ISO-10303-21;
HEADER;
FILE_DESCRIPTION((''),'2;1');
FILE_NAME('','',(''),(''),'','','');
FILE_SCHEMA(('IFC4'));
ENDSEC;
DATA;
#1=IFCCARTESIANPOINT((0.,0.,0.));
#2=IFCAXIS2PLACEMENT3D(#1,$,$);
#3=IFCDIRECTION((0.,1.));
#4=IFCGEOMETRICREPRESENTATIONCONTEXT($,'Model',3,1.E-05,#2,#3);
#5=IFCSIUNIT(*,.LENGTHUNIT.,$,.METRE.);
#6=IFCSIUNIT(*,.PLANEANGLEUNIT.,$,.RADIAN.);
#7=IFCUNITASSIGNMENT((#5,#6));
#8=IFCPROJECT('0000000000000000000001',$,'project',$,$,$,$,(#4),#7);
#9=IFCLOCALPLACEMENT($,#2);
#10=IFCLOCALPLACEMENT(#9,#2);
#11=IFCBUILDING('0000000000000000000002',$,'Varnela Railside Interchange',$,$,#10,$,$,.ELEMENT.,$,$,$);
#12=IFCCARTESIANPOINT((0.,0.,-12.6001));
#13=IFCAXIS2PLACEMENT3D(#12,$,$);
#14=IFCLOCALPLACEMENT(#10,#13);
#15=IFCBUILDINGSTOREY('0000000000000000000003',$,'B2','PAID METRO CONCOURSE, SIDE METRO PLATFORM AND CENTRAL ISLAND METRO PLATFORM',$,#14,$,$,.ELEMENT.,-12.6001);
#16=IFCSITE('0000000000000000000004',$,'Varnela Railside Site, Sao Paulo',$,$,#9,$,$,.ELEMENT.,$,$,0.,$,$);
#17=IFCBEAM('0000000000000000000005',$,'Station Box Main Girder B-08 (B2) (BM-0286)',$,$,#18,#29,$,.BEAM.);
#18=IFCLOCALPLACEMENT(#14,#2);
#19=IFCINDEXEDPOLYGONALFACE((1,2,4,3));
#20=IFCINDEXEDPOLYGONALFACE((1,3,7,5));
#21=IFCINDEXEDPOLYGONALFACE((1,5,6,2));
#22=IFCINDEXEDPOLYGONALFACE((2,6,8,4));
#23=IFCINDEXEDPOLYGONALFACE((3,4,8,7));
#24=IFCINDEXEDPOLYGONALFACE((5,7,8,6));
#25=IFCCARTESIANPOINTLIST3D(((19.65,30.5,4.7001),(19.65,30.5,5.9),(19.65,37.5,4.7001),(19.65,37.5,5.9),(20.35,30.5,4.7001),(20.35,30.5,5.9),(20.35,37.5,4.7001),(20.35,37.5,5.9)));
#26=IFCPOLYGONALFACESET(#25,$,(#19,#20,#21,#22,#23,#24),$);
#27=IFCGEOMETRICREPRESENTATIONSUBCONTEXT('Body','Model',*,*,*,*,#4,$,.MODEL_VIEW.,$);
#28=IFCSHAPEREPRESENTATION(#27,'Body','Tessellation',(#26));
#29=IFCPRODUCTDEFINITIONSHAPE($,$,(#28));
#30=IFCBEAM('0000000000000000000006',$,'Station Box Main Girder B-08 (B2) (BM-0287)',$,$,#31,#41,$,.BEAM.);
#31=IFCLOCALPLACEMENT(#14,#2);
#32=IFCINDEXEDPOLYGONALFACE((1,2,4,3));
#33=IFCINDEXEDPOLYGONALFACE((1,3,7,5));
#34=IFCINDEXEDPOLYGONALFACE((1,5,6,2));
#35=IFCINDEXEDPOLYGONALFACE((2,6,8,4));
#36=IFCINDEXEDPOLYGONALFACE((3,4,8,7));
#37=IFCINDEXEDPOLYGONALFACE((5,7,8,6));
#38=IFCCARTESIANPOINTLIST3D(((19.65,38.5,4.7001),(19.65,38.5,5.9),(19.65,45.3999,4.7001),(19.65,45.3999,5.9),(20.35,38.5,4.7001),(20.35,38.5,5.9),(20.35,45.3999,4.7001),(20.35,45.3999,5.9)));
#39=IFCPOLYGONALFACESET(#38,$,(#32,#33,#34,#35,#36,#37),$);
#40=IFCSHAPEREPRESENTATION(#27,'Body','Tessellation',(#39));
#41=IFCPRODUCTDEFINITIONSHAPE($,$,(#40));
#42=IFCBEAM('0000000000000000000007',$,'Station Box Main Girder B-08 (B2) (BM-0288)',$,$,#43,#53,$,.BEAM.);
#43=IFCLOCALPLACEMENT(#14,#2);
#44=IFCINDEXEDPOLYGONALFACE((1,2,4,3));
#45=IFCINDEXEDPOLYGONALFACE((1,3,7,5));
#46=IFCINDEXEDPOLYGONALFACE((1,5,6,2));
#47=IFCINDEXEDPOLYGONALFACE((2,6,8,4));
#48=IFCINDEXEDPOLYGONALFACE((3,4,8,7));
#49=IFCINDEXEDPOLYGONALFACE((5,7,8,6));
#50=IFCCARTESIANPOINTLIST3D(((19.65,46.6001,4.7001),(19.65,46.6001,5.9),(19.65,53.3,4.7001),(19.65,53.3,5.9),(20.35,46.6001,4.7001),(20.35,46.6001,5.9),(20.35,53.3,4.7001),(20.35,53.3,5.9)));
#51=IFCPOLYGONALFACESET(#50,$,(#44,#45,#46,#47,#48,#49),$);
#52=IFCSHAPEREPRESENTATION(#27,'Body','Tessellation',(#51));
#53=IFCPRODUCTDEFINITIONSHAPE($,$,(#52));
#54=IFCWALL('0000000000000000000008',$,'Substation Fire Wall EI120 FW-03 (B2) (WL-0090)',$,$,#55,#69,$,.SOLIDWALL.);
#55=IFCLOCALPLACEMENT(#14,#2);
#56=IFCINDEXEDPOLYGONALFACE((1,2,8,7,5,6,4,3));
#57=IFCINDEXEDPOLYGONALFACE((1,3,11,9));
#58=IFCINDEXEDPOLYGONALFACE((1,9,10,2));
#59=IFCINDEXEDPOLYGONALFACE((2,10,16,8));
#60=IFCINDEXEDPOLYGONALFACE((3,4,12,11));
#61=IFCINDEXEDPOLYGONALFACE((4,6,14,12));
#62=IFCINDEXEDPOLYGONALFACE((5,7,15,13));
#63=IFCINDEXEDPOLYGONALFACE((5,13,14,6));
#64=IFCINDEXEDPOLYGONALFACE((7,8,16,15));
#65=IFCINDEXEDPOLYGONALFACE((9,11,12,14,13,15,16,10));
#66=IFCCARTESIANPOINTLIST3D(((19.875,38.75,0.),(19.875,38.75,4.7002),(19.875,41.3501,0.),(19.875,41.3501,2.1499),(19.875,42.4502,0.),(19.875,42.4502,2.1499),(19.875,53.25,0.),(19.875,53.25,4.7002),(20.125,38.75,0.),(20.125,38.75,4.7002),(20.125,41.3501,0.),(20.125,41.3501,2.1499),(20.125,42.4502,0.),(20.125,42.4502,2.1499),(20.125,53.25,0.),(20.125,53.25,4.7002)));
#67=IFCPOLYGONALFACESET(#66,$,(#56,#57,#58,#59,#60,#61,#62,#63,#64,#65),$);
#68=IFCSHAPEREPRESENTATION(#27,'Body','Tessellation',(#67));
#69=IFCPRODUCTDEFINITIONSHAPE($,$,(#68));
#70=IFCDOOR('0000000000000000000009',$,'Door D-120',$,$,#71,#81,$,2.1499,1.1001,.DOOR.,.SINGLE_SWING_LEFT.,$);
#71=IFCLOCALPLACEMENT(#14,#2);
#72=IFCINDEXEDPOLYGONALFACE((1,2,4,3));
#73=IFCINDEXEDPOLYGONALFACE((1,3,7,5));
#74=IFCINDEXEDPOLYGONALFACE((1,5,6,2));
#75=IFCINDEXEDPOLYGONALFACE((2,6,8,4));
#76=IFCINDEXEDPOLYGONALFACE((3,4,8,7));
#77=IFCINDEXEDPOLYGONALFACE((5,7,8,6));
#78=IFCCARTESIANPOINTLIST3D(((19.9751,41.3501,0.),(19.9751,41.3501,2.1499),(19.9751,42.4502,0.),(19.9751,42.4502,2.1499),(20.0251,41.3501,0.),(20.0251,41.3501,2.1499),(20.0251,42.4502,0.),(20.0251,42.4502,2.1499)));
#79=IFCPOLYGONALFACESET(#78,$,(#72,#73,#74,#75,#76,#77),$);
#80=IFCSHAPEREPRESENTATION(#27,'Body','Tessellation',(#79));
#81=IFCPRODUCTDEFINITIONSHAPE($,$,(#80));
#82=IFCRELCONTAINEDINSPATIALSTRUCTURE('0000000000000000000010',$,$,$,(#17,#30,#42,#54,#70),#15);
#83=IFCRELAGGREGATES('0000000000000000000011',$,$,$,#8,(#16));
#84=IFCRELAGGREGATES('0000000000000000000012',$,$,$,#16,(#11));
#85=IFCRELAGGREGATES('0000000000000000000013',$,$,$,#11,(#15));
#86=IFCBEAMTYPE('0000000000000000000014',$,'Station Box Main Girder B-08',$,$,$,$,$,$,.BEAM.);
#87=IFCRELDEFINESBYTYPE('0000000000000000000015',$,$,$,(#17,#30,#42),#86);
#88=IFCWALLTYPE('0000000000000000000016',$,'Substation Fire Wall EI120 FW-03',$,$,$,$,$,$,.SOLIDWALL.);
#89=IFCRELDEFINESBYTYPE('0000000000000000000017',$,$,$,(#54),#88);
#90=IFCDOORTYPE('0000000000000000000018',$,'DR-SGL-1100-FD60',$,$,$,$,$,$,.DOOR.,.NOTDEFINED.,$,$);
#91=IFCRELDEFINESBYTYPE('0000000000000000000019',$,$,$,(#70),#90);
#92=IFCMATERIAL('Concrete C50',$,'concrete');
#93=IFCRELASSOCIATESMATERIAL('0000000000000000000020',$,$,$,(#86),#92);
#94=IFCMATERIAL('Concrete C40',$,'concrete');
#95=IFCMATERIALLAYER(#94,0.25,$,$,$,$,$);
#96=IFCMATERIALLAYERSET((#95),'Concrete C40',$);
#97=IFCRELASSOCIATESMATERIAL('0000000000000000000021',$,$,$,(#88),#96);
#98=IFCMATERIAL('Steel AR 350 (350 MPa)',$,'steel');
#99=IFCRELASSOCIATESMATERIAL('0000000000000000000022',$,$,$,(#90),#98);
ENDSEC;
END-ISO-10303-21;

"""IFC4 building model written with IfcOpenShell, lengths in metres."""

from ifc_helpers import new_model, si_unit, direction, frame, frame_2d, origin, origin_2d, place, context, subcontext, project, spatial, rectangle, extrude, material, layer, layer_set, material_profile, profile_set, type_object, element, fill, save


model = new_model("IFC4")

# Units and contexts
model_context = context("Model", 3, precision=1e-05, world=origin(), true_north=direction((0.0, 1.0)))
body_context = subcontext(model_context, "Body", "Model", "MODEL_VIEW")
ifc_project = project(units=[si_unit("LENGTHUNIT", "METRE"), si_unit("PLANEANGLEUNIT", "RADIAN")], contexts=[model_context])

# Site, building, storey
site_placement = place(None, origin())
site = spatial("IfcSite", under=ifc_project, at=site_placement, Name="Varnela Railside Site, Sao Paulo", CompositionType="ELEMENT", RefElevation=0.0)
building_placement = place(site_placement, origin())
building = spatial("IfcBuilding", under=site, at=building_placement, Name="Varnela Railside Interchange", CompositionType="ELEMENT")
storey_placement = place(building_placement, frame((0.0, 0.0, -12.6001)))
storey = spatial("IfcBuildingStorey", under=building, at=storey_placement, Name="B2", Description="PAID METRO CONCOURSE, SIDE METRO PLATFORM AND CENTRAL ISLAND METRO PLATFORM", CompositionType="ELEMENT", Elevation=-12.6001)

# Shared definitions
ifc_material_1 = material(Name="Concrete C40", Category="concrete")

# Shared definitions
ifc_material_2 = material(Name="Concrete C50", Category="concrete")

# Beams
ifc_material_profile_1 = material_profile(ifc_material_2, rectangle(XDim=0.7, YDim=1.2, at=origin_2d()), Name="RC 700x1200")
ifc_profile_set_1 = profile_set([ifc_material_profile_1], Name="Concrete C50")
beam_type_1 = type_object("IfcBeamType", Name="Station Box Main Girder B-08", PredefinedType="BEAM", material=ifc_profile_set_1)
beam_1_placement = place(storey_placement, frame((20.0, 30.5, 5.3), z_axis=(0.0, 1.0, 0.0), x_axis=(-1.0, 0.0, 0.0)))
element("IfcBeam", 1, at=beam_1_placement, inside=storey, type_object=beam_type_1, Name="Station Box Main Girder B-08 (B2) (BM-0286)", PredefinedType="BEAM", context=body_context, shape_type="SweptSolid", body=[
    extrude(rectangle(XDim=0.7, YDim=1.2, at=origin_2d()), origin(), (0.0, 0.0, 1.0), 7.0),
])
beam_2_placement = place(storey_placement, frame((20.0, 38.5, 5.3), z_axis=(0.0, 1.0, 0.0), x_axis=(-1.0, 0.0, 0.0)))
element("IfcBeam", 2, at=beam_2_placement, inside=storey, type_object=beam_type_1, Name="Station Box Main Girder B-08 (B2) (BM-0287)", PredefinedType="BEAM", context=body_context, shape_type="SweptSolid", body=[
    extrude(rectangle(XDim=0.7, YDim=1.2, at=origin_2d()), origin(), (0.0, 0.0, 1.0), 6.8999),
])
beam_3_placement = place(storey_placement, frame((20.0, 46.6001, 5.3), z_axis=(0.0, 1.0, 0.0), x_axis=(-1.0, 0.0, 0.0)))
element("IfcBeam", 3, at=beam_3_placement, inside=storey, type_object=beam_type_1, Name="Station Box Main Girder B-08 (B2) (BM-0288)", PredefinedType="BEAM", context=body_context, shape_type="SweptSolid", body=[
    extrude(rectangle(XDim=0.7, YDim=1.2, at=origin_2d()), origin(), (0.0, 0.0, 1.0), 6.7),
])

# Wall, opening, door
ifc_layer = layer(ifc_material_1, 0.25)
ifc_layer_set = layer_set([ifc_layer], Name="Concrete C40")
wall_type = type_object("IfcWallType", Name="Substation Fire Wall EI120 FW-03", PredefinedType="SOLIDWALL", material=ifc_layer_set)
wall_placement = place(storey_placement, frame((20.0, 38.75, 0.0), z_axis=(0.0, 0.0, 1.0), x_axis=(0.0, 1.0, 0.0)))
wall = element("IfcWall", 4, at=wall_placement, inside=storey, type_object=wall_type, Name="Substation Fire Wall EI120 FW-03 (B2) (WL-0090)", PredefinedType="SOLIDWALL", context=body_context, shape_type="SweptSolid", body=[
    extrude(rectangle(XDim=14.5, YDim=0.25, at=frame_2d((7.25, 0.0))), origin(), (0.0, 0.0, 1.0), 4.7002),
])
opening_placement = place(wall_placement, frame((2.6001, 0.0, 0.0)))
opening = element("IfcOpeningElement", 5, at=opening_placement, cuts=wall, PredefinedType="OPENING", context=body_context, shape_type="SweptSolid", body=[
    extrude(rectangle(XDim=1.1001, YDim=2.1499, at=frame_2d((0.55, 1.075))), frame((0.0, 0.135, 0.0), z_axis=(0.0, -1.0, 0.0), x_axis=(1.0, 0.0, 0.0)), (0.0, 0.0, 1.0), 0.27),
])
ifc_material_3 = material(Name="Steel AR 350 (350 MPa)", Category="steel")
door_type = type_object("IfcDoorType", Name="DR-SGL-1100-FD60", OperationType="NOTDEFINED", PredefinedType="DOOR", material=ifc_material_3)
door_placement = place(opening_placement, origin())
door = element("IfcDoor", 6, at=door_placement, inside=storey, type_object=door_type, Name="Door D-120", OperationType="SINGLE_SWING_LEFT", OverallHeight=2.1499, OverallWidth=1.1001, PredefinedType="DOOR", context=body_context, shape_type="SweptSolid", body=[
    extrude(rectangle(XDim=1.1001, YDim=2.1499, at=frame_2d((0.55, 1.075))), frame((0.0, 0.0249, 0.0), z_axis=(0.0, -1.0, 0.0), x_axis=(1.0, 0.0, 0.0)), (0.0, 0.0, 1.0), 0.05),
])
fill(opening, door)

save(model, "model.ifc")
